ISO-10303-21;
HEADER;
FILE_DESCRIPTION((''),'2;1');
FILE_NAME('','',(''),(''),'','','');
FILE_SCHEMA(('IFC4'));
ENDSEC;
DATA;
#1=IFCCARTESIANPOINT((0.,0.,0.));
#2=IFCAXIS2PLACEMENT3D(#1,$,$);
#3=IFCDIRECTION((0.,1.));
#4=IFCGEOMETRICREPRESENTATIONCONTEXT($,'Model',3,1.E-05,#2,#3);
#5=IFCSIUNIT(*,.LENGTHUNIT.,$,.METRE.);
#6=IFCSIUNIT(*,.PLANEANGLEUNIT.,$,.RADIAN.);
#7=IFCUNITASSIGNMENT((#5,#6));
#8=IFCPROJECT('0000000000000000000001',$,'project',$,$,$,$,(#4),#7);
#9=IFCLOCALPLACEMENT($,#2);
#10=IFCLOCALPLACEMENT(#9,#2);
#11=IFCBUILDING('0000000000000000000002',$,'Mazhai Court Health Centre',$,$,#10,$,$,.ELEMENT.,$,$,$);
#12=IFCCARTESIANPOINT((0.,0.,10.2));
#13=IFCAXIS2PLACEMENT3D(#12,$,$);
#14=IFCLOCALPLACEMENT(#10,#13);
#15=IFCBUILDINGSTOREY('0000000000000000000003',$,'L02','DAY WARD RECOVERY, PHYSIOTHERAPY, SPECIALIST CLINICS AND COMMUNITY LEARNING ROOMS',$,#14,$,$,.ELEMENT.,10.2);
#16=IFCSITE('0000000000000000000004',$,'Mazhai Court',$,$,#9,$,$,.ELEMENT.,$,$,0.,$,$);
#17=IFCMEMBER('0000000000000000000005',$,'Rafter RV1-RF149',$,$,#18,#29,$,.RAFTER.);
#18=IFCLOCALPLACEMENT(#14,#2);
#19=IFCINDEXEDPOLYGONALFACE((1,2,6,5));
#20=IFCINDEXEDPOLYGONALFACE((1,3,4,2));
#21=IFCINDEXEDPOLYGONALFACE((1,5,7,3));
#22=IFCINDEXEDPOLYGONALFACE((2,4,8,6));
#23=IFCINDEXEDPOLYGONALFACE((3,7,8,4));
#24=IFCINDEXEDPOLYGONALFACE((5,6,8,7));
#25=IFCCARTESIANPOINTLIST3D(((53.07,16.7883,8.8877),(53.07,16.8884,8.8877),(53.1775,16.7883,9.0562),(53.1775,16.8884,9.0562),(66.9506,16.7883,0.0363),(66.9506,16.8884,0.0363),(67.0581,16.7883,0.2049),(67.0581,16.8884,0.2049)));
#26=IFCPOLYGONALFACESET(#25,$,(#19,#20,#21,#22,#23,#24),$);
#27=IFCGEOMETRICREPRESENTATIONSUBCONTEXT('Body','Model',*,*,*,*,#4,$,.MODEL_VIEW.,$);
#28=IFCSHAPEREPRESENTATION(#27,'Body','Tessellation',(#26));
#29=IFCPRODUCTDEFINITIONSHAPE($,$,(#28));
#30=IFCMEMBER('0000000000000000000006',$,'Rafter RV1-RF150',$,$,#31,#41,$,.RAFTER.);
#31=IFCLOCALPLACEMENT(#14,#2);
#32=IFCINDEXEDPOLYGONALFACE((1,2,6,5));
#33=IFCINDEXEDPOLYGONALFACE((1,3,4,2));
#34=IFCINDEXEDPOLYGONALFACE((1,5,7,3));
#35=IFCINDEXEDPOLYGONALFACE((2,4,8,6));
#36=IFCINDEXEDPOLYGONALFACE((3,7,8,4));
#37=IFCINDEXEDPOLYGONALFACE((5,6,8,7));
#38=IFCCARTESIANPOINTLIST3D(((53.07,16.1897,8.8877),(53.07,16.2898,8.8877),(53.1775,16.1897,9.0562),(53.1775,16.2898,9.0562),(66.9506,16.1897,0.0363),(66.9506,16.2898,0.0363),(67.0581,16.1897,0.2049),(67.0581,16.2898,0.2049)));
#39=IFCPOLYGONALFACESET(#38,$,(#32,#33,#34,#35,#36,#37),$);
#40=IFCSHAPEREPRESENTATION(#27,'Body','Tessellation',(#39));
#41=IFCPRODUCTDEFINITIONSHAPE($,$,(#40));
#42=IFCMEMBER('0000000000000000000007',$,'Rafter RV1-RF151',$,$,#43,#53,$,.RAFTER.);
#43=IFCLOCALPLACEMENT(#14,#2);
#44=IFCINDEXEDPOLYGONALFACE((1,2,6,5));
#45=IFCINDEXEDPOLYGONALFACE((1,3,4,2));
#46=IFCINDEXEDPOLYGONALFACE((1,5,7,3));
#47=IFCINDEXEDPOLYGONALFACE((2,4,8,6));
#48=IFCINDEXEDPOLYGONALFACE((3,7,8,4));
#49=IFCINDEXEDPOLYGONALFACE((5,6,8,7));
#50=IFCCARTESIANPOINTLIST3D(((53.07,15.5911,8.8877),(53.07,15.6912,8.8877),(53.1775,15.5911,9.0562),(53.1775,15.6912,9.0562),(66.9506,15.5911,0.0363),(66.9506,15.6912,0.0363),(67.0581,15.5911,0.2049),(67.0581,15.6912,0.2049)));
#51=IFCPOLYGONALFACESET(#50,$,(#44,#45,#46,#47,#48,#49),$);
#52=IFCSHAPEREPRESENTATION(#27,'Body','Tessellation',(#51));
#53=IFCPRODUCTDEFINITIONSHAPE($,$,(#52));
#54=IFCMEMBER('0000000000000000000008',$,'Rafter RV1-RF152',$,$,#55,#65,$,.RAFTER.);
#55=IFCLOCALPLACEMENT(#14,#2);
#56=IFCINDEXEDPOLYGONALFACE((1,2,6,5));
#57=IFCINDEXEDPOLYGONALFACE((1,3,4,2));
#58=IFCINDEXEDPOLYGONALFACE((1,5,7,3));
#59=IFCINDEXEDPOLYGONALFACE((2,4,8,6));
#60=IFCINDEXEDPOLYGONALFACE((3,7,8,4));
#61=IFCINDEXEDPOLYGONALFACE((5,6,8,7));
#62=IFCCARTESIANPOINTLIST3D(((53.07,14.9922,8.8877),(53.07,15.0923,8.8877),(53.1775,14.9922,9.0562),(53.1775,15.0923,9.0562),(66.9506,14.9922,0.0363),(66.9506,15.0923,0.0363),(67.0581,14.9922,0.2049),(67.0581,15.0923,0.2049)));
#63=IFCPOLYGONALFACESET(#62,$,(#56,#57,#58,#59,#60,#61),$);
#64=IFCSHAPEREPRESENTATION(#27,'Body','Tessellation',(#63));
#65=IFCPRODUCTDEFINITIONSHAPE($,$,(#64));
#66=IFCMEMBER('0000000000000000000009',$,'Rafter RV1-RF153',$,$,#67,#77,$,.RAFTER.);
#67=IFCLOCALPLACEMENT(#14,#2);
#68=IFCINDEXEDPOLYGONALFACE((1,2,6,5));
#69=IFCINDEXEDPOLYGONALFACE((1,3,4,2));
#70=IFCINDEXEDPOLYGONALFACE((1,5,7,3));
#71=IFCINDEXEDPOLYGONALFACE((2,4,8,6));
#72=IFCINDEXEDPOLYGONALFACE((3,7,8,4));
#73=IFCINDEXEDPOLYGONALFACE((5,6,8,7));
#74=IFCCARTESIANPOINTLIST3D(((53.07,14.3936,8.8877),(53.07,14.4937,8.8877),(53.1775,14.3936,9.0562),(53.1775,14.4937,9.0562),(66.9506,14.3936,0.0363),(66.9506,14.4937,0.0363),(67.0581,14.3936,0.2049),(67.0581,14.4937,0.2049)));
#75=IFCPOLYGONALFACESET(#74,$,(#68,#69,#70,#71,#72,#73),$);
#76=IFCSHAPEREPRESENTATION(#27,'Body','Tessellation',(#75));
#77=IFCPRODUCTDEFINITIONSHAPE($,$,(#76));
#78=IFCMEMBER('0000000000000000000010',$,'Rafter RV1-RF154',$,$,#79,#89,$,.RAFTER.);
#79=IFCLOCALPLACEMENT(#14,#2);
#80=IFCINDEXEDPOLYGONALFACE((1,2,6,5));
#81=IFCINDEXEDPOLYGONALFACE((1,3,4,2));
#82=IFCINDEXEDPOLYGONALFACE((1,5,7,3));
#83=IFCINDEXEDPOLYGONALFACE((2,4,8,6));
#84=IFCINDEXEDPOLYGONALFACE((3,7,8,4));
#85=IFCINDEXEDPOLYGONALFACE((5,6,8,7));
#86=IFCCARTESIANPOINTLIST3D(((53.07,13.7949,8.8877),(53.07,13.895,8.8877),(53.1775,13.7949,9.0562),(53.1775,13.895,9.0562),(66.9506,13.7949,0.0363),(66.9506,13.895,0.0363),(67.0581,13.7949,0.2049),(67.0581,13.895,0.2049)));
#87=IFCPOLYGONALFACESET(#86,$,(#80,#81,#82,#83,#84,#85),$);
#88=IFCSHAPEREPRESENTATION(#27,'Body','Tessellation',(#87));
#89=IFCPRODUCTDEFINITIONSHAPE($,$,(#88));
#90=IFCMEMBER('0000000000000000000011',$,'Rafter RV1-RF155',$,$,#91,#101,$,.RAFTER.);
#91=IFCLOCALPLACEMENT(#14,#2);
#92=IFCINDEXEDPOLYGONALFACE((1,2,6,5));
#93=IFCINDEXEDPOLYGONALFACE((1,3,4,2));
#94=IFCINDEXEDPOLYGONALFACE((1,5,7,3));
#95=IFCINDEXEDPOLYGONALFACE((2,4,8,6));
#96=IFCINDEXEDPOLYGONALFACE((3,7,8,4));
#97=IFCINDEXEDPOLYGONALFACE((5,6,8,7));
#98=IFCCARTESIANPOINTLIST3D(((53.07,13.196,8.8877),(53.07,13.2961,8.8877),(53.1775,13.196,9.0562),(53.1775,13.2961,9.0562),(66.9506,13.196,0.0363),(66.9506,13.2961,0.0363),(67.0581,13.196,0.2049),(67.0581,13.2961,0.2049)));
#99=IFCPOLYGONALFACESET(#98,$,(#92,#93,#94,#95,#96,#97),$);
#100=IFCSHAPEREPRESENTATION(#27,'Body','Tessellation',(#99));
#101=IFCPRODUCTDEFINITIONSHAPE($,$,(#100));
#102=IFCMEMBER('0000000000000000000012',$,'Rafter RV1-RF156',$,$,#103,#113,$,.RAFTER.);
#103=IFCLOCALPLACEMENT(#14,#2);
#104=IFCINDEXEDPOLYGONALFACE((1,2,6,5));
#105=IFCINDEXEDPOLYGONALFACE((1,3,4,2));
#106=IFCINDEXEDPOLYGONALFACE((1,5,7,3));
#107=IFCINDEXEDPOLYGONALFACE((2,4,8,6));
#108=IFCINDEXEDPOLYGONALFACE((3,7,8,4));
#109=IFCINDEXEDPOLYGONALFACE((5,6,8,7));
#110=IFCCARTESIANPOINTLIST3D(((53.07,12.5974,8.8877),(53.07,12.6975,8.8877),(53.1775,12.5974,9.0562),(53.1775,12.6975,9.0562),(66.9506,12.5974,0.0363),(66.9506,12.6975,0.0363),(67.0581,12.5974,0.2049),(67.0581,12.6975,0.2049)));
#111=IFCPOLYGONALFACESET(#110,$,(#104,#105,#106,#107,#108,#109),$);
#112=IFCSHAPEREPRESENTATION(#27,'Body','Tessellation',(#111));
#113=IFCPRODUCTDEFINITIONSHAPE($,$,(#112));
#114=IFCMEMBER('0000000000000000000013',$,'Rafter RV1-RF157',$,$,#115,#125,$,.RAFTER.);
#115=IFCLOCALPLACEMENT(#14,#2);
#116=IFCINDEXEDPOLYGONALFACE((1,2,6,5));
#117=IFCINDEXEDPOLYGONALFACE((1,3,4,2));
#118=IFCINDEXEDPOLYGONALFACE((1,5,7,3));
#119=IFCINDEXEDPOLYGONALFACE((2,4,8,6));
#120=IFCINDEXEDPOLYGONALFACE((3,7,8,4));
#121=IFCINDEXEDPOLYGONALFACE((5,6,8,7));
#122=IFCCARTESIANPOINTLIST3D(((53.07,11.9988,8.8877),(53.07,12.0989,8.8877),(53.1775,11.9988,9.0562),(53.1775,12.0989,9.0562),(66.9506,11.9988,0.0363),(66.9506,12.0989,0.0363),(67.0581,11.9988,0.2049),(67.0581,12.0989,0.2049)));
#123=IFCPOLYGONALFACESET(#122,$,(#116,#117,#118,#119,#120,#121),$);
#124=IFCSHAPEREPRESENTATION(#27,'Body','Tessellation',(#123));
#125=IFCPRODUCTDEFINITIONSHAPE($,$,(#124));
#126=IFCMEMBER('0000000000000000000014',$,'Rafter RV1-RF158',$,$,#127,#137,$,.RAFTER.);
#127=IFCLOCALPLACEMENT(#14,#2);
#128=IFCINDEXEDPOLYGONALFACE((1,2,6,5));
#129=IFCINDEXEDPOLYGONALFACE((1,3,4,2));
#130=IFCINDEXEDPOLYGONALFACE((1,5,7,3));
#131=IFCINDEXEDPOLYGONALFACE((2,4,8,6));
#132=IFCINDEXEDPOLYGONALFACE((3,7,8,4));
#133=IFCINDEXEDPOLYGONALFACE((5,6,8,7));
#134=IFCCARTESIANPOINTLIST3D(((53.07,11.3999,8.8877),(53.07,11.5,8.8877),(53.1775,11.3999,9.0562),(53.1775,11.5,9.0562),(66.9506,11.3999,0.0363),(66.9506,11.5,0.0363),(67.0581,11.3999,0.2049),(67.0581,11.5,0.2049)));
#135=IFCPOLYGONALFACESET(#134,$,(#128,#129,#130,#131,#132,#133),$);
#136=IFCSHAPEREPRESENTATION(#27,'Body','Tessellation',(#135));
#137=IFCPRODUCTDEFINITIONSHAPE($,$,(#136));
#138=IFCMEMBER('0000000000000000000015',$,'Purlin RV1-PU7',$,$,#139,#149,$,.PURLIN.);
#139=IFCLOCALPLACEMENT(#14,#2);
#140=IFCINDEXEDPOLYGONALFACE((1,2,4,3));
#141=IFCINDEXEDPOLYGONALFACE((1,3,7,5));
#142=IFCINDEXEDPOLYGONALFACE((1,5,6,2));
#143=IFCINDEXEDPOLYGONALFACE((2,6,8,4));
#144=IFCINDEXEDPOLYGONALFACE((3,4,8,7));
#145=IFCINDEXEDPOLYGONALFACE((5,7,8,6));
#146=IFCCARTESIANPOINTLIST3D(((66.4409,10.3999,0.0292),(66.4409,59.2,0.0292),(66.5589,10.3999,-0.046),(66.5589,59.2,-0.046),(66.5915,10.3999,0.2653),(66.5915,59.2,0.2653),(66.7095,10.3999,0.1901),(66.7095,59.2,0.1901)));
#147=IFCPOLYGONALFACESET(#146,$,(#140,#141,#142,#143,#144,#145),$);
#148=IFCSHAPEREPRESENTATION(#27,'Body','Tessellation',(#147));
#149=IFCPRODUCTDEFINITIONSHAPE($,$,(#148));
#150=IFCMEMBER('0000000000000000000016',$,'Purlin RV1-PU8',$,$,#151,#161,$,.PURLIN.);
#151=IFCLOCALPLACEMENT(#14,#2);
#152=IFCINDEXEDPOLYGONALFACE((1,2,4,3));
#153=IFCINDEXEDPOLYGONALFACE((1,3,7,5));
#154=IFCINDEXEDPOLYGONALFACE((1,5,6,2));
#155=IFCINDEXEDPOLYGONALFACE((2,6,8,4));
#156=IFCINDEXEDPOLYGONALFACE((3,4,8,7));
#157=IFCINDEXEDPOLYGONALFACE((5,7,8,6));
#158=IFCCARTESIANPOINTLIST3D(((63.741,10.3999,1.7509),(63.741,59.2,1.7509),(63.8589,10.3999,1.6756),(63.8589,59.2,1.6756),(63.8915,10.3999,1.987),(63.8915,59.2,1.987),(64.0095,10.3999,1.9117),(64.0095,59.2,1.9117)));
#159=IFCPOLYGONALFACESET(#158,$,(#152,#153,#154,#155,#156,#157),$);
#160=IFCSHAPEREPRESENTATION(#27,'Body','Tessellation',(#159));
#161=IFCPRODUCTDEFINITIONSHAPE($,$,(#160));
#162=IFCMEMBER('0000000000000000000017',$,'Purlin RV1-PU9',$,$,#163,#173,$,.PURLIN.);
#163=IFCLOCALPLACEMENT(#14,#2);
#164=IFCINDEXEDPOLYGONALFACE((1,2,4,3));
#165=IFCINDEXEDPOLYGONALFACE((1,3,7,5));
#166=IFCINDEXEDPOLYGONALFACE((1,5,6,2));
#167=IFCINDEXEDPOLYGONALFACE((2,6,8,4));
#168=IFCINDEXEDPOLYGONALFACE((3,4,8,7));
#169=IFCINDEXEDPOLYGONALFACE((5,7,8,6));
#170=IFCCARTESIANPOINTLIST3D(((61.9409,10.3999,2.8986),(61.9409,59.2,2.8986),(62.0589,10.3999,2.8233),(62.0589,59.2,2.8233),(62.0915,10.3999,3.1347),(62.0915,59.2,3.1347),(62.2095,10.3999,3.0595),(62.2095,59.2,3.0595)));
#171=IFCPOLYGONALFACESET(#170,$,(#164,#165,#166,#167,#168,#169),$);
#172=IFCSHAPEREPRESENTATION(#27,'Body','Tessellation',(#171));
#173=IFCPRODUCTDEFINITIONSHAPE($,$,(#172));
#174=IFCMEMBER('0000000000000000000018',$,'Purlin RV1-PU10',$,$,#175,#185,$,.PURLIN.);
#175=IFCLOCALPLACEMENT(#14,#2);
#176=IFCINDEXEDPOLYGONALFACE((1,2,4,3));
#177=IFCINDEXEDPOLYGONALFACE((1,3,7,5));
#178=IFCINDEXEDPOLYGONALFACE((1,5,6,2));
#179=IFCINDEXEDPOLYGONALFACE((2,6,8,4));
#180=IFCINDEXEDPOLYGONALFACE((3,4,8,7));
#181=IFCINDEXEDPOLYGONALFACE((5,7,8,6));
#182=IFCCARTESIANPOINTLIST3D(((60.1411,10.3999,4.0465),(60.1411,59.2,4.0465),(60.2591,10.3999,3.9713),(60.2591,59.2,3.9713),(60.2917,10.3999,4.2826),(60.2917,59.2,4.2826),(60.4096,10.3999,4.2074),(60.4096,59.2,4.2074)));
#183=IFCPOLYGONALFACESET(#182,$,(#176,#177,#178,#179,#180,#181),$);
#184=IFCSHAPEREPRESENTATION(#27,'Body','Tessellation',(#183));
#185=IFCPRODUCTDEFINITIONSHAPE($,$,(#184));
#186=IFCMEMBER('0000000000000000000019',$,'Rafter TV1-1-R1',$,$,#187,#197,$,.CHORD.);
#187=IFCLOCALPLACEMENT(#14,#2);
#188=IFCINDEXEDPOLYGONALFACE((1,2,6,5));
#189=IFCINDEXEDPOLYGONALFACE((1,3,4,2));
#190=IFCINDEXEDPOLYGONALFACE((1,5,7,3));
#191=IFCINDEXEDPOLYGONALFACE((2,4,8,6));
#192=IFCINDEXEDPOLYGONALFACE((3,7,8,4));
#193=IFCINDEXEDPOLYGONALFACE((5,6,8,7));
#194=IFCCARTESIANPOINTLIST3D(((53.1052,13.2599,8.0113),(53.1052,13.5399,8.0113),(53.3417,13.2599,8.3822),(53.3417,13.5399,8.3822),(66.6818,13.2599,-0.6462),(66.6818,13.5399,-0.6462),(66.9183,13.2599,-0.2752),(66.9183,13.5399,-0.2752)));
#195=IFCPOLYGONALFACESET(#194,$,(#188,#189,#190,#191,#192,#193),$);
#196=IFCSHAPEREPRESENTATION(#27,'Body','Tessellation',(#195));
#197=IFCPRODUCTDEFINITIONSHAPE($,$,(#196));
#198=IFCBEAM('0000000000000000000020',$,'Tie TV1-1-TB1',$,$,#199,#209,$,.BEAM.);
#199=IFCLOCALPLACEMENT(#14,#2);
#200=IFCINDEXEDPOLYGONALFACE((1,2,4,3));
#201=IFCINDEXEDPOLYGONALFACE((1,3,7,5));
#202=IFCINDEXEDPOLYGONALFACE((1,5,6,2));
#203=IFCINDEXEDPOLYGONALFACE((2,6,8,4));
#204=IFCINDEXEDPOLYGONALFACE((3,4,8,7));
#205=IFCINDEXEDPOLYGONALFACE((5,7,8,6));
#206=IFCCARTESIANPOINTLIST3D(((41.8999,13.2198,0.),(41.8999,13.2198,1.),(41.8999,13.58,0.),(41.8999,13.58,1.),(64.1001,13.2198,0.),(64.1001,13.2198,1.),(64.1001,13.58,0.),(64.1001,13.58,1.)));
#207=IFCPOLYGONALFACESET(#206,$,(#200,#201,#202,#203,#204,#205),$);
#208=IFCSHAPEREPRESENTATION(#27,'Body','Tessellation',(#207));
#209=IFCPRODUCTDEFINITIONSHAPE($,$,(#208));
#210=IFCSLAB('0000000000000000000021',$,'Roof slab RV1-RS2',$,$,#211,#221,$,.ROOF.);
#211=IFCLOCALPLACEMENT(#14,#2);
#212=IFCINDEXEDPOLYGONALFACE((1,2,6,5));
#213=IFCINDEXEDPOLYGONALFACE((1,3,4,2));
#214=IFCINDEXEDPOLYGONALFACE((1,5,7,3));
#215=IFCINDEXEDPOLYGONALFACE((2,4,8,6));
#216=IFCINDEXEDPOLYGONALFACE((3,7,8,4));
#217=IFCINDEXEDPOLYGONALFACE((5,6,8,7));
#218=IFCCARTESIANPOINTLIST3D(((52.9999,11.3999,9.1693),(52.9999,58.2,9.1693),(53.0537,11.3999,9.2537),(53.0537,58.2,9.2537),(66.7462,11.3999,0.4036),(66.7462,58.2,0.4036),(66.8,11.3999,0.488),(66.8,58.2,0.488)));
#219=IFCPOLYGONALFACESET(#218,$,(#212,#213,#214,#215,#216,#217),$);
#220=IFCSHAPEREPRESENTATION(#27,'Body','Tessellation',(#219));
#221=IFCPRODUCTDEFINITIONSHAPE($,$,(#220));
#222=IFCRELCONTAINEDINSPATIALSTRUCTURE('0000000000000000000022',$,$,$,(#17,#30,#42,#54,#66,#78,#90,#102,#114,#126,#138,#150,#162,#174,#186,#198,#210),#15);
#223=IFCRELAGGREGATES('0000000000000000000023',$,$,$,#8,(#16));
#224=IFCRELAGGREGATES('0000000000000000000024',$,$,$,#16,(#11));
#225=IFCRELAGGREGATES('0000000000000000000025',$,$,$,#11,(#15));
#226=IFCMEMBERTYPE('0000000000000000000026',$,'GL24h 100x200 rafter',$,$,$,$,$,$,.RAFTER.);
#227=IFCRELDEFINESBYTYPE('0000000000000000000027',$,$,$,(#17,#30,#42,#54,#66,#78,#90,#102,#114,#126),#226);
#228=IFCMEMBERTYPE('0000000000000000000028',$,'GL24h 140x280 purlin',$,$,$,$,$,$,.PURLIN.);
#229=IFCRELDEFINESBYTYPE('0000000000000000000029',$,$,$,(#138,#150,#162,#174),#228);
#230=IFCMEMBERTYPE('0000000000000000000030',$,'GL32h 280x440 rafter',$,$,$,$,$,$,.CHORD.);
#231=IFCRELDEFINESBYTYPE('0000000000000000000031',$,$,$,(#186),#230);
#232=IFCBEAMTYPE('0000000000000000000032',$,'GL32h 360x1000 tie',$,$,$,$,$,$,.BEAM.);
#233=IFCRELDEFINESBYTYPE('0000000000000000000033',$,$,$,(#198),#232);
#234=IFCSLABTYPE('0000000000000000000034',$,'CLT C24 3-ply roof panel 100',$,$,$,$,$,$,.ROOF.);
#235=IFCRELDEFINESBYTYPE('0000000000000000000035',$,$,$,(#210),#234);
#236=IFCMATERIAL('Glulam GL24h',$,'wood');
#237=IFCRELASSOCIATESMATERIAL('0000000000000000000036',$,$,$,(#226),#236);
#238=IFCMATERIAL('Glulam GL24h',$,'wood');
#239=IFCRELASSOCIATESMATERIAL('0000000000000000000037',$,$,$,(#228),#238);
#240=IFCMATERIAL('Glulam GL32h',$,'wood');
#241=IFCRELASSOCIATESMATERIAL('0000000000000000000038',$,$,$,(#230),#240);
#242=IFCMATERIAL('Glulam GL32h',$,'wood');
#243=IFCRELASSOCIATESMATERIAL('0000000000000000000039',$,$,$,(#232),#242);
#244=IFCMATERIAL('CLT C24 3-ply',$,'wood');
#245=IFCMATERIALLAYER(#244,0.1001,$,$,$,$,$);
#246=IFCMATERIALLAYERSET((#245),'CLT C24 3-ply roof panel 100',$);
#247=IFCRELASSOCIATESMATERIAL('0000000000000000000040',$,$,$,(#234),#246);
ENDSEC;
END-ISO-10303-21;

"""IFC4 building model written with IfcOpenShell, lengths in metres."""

from ifc_helpers import new_model, si_unit, direction, frame, origin, origin_2d, place, context, subcontext, project, spatial, polyline, rectangle, outline, extrude, material, layer, layer_set, material_profile, profile_set, type_object, element, save


model = new_model("IFC4")

# Units and contexts
model_context = context("Model", 3, precision=1e-05, world=origin(), true_north=direction((0.0, 1.0)))
body_context = subcontext(model_context, "Body", "Model", "MODEL_VIEW")
ifc_project = project(units=[si_unit("LENGTHUNIT", "METRE"), si_unit("PLANEANGLEUNIT", "RADIAN")], contexts=[model_context])

# Site, building, storey
site_placement = place(None, origin())
site = spatial("IfcSite", under=ifc_project, at=site_placement, Name="Mazhai Court", CompositionType="ELEMENT", RefElevation=0.0)
building_placement = place(site_placement, origin())
building = spatial("IfcBuilding", under=site, at=building_placement, Name="Mazhai Court Health Centre", CompositionType="ELEMENT")
storey_placement = place(building_placement, frame((0.0, 0.0, 10.2)))
storey = spatial("IfcBuildingStorey", under=building, at=storey_placement, Name="L02", Description="DAY WARD RECOVERY, PHYSIOTHERAPY, SPECIALIST CLINICS AND COMMUNITY LEARNING ROOMS", CompositionType="ELEMENT", Elevation=10.2)

# Members
ifc_material_1 = material(Name="Glulam GL24h", Category="wood")
ifc_material_profile_1 = material_profile(ifc_material_1, rectangle(XDim=0.1001, YDim=0.2, at=origin_2d()), Name="GL24h 100x200")
ifc_profile_set_1 = profile_set([ifc_material_profile_1], Name="Glulam GL24h")
member_type_1 = type_object("IfcMemberType", Name="GL24h 100x200 rafter", PredefinedType="RAFTER", material=ifc_profile_set_1)
for number, where, z_axis, x_axis, name in (
    (1, (67.0044, 16.8384, 0.1206), (-0.84316, 0.0, 0.537662), (0.0, -1.0, 0.0), "Rafter RV1-RF149"),
    (2, (67.0044, 16.2397, 0.1206), (-0.84316, 0.0, 0.537662), (0.0, -1.0, 0.0), "Rafter RV1-RF150"),
    (3, (67.0044, 15.6411, 0.1206), (-0.84316, 0.0, 0.537662), (0.0, -1.0, 0.0), "Rafter RV1-RF151"),
    (4, (67.0044, 15.0422, 0.1206), (-0.84316, 0.0, 0.537662), (0.0, -1.0, 0.0), "Rafter RV1-RF152"),
    (5, (67.0044, 14.4436, 0.1206), (-0.84316, 0.0, 0.537662), (0.0, -1.0, 0.0), "Rafter RV1-RF153"),
    (6, (67.0044, 13.845, 0.1206), (-0.84316, 0.0, 0.537662), (0.0, -1.0, 0.0), "Rafter RV1-RF154"),
    (7, (67.0044, 13.2461, 0.1206), (-0.84316, 0.0, 0.537662), (0.0, -1.0, 0.0), "Rafter RV1-RF155"),
    (8, (67.0044, 12.6475, 0.1206), (-0.84316, 0.0, 0.537662), (0.0, -1.0, 0.0), "Rafter RV1-RF156"),
    (9, (67.0044, 12.0488, 0.1206), (-0.84316, 0.0, 0.537662), (0.0, -1.0, 0.0), "Rafter RV1-RF157"),
    (10, (67.0044, 11.45, 0.1206), (-0.84316, 0.0, 0.537662), (0.0, -1.0, 0.0), "Rafter RV1-RF158"),
):
    element("IfcMember", number, at=place(storey_placement, frame(where, z_axis=z_axis, x_axis=x_axis)), inside=storey, type_object=member_type_1, Name=name, PredefinedType="RAFTER", context=body_context, shape_type="SweptSolid", body=[
        extrude(rectangle(XDim=0.1001, YDim=0.2, at=origin_2d()), origin(), (0.0, 0.0, 1.0), 16.4626),
    ])
ifc_material_2 = material(Name="Glulam GL24h", Category="wood")
ifc_material_profile_2 = material_profile(ifc_material_2, rectangle(XDim=0.1399, YDim=0.28, at=origin_2d()), Name="GL24h 140x280")
ifc_profile_set_2 = profile_set([ifc_material_profile_2], Name="Glulam GL24h")
member_type_2 = type_object("IfcMemberType", Name="GL24h 140x280 purlin", PredefinedType="PURLIN", material=ifc_profile_set_2)
for number, where, z_axis, x_axis, name in (
    (11, (66.5752, 10.3999, 0.1096), (0.0, 1.0, 0.0), (-0.843162, 0.0, 0.53766), "Purlin RV1-PU7"),
    (12, (63.8752, 10.3999, 1.8313), (0.0, 1.0, 0.0), (-0.843162, 0.0, 0.53766), "Purlin RV1-PU8"),
    (13, (62.0752, 10.3999, 2.979), (0.0, 1.0, 0.0), (-0.843162, 0.0, 0.53766), "Purlin RV1-PU9"),
    (14, (60.2754, 10.3999, 4.127), (0.0, 1.0, 0.0), (-0.843162, 0.0, 0.53766), "Purlin RV1-PU10"),
):
    element("IfcMember", number, at=place(storey_placement, frame(where, z_axis=z_axis, x_axis=x_axis)), inside=storey, type_object=member_type_2, Name=name, PredefinedType="PURLIN", context=body_context, shape_type="SweptSolid", body=[
        extrude(rectangle(XDim=0.1399, YDim=0.28, at=origin_2d()), origin(), (0.0, 0.0, 1.0), 48.8),
    ])
ifc_material_3 = material(Name="Glulam GL32h", Category="wood")
ifc_material_profile_3 = material_profile(ifc_material_3, rectangle(XDim=0.28, YDim=0.4399, at=origin_2d()), Name="GL32h 280x440")
ifc_profile_set_3 = profile_set([ifc_material_profile_3], Name="Glulam GL32h")
member_type_3 = type_object("IfcMemberType", Name="GL32h 280x440 rafter", PredefinedType="CHORD", material=ifc_profile_set_3)
member_placement = place(storey_placement, frame((66.8, 13.3999, -0.4607), z_axis=(-0.843161, 0.0, 0.537661), x_axis=(0.0, -1.0, 0.0)))
element("IfcMember", 15, at=member_placement, inside=storey, type_object=member_type_3, Name="Rafter TV1-1-R1", PredefinedType="CHORD", context=body_context, shape_type="SweptSolid", body=[
    extrude(rectangle(XDim=0.28, YDim=0.4399, at=origin_2d()), origin(), (0.0, 0.0, 1.0), 16.1021),
])

# Beam
ifc_material_4 = material(Name="Glulam GL32h", Category="wood")
ifc_material_profile_4 = material_profile(ifc_material_4, rectangle(XDim=0.3601, YDim=1.0, at=origin_2d()), Name="GL32h 360x1000")
ifc_profile_set_4 = profile_set([ifc_material_profile_4], Name="Glulam GL32h")
beam_type = type_object("IfcBeamType", Name="GL32h 360x1000 tie", PredefinedType="BEAM", material=ifc_profile_set_4)
beam_placement = place(storey_placement, frame((64.1001, 13.3999, 0.5), z_axis=(-1.0, 0.0, 0.0), x_axis=(0.0, -1.0, 0.0)))
element("IfcBeam", 16, at=beam_placement, inside=storey, type_object=beam_type, Name="Tie TV1-1-TB1", PredefinedType="BEAM", context=body_context, shape_type="SweptSolid", body=[
    extrude(rectangle(XDim=0.3601, YDim=1.0, at=origin_2d()), origin(), (0.0, 0.0, 1.0), 22.2002),
])

# Slab
ifc_material_5 = material(Name="CLT C24 3-ply", Category="wood")
ifc_layer_1 = layer(ifc_material_5, 0.1001)
ifc_layer_set_1 = layer_set([ifc_layer_1], Name="CLT C24 3-ply roof panel 100")
slab_type = type_object("IfcSlabType", Name="CLT C24 3-ply roof panel 100", PredefinedType="ROOF", material=ifc_layer_set_1)
slab_placement = place(storey_placement, frame((66.8, 11.3999, 0.488), z_axis=(0.537659, 0.0, 0.843162), x_axis=(0.0, 1.0, 0.0)))
element("IfcSlab", 17, at=slab_placement, inside=storey, type_object=slab_type, Name="Roof slab RV1-RS2", PredefinedType="ROOF", context=body_context, shape_type="SweptSolid", body=[
    extrude(outline(polyline([(0.0, 0.0), (46.8, 0.0), (46.8, 16.3033), (0.0, 16.3033), (0.0, 0.0)])), origin(), (0.0, 0.0, -1.0), 0.1001),
])

save(model, "model.ifc")
